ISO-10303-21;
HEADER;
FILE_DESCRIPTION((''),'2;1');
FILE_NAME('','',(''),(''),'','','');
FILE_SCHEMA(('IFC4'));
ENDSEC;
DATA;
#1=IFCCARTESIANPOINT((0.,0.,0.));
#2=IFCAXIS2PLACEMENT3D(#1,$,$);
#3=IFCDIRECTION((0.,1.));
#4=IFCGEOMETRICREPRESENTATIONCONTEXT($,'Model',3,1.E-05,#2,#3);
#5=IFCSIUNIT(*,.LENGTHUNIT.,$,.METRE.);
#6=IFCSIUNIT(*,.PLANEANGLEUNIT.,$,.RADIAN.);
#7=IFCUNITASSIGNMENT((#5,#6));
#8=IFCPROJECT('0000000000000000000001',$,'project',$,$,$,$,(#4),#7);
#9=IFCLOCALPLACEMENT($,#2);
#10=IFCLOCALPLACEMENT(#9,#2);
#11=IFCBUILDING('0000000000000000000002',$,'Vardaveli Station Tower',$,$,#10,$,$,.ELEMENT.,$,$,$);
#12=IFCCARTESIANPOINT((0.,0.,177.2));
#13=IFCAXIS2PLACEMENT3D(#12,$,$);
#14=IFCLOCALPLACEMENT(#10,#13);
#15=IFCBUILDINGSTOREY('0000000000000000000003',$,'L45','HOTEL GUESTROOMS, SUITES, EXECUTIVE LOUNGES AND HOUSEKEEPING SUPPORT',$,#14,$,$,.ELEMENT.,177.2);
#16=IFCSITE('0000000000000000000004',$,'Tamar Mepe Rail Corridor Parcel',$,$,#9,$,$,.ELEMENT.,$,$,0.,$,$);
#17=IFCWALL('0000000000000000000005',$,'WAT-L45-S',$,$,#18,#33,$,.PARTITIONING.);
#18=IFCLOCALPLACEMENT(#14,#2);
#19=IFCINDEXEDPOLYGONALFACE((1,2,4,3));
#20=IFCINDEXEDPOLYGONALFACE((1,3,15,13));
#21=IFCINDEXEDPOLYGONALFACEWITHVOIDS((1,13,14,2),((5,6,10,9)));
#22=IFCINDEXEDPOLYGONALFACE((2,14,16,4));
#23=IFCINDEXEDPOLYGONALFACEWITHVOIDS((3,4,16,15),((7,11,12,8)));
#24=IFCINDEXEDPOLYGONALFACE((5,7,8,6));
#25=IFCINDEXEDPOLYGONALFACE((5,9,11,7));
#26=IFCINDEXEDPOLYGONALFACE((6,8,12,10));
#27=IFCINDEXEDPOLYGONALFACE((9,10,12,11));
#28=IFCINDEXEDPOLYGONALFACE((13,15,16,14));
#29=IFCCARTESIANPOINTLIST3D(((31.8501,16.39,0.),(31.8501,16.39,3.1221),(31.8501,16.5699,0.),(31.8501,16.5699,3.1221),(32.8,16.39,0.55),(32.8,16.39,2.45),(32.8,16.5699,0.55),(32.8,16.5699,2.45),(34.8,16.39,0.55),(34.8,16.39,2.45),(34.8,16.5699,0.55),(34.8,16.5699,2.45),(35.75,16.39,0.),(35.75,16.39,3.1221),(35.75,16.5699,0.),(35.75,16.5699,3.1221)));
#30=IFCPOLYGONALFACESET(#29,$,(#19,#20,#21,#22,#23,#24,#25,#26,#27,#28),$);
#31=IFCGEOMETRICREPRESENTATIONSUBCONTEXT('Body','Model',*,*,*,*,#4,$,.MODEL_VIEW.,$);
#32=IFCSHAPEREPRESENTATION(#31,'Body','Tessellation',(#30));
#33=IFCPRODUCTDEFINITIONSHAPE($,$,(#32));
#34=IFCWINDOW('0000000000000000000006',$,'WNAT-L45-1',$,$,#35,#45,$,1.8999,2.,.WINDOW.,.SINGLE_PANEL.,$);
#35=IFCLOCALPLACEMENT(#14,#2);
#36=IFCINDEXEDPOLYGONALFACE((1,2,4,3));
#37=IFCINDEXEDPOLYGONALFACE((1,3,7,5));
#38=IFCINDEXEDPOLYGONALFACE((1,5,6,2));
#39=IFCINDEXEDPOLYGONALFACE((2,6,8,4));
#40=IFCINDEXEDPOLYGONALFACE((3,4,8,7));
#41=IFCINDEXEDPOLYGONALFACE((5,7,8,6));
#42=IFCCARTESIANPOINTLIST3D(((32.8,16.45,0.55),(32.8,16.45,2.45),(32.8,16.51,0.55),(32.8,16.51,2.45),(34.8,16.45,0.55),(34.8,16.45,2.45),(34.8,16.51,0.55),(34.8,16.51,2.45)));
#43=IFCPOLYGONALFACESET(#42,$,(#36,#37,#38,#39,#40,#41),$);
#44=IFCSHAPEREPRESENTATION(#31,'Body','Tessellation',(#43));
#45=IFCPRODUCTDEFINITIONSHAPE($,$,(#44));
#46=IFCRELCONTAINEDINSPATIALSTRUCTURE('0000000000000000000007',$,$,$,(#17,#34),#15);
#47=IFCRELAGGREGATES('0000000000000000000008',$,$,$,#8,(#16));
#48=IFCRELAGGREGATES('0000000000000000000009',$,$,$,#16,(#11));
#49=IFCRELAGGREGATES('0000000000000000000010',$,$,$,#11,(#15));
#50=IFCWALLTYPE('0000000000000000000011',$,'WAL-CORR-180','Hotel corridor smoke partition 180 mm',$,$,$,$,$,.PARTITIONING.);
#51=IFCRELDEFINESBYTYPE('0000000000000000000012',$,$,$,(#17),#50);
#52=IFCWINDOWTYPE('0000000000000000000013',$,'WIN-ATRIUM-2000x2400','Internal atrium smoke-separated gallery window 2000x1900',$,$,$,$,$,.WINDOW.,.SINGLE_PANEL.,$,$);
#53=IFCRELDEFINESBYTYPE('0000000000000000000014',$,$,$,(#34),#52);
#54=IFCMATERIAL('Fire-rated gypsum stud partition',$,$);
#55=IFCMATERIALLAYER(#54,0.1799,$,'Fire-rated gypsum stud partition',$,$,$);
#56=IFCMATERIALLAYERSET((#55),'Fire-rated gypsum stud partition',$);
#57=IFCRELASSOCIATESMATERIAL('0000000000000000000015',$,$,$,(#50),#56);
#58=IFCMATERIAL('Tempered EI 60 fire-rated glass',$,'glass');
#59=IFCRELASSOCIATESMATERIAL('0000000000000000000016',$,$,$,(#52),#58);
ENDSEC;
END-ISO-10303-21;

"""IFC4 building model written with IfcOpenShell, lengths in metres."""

from ifc_helpers import new_model, si_unit, direction, frame, frame_2d, origin, place, context, subcontext, project, spatial, rectangle, extrude, source, transform, mapped, material, layer, layer_set, type_object, element, fill, save


model = new_model("IFC4")

# Units and contexts
model_context = context("Model", 3, precision=1e-05, world=origin(), true_north=direction((0.0, 1.0)))
body_context = subcontext(model_context, "Body", "Model", "MODEL_VIEW")
ifc_project = project(units=[si_unit("LENGTHUNIT", "METRE"), si_unit("PLANEANGLEUNIT", "RADIAN")], contexts=[model_context])

# Site, building, storey
site_placement = place(None, origin())
site = spatial("IfcSite", under=ifc_project, at=site_placement, Name="Tamar Mepe Rail Corridor Parcel", CompositionType="ELEMENT", RefElevation=0.0)
building_placement = place(site_placement, origin())
building = spatial("IfcBuilding", under=site, at=building_placement, Name="Vardaveli Station Tower", CompositionType="ELEMENT")
storey_placement = place(building_placement, frame((0.0, 0.0, 177.2)))
storey = spatial("IfcBuildingStorey", under=building, at=storey_placement, Name="L45", Description="HOTEL GUESTROOMS, SUITES, EXECUTIVE LOUNGES AND HOUSEKEEPING SUPPORT", CompositionType="ELEMENT", Elevation=177.2)

# Shared definitions
ifc_material_1 = material(Name="Fire-rated gypsum stud partition")
ifc_layer_1 = layer(ifc_material_1, 0.1799, Name="Fire-rated gypsum stud partition")
ifc_layer_set_1 = layer_set([ifc_layer_1], Name="Fire-rated gypsum stud partition")
wall_type_1 = type_object("IfcWallType", Name="WAL-CORR-180", Description="Hotel corridor smoke partition 180 mm", PredefinedType="PARTITIONING", material=ifc_layer_set_1)

# Wall, opening, window
shared_shape_1 = source(origin(), body_context, "Body", "SweptSolid", [
    extrude(rectangle(XDim=3.8999, YDim=0.1799, at=frame_2d((1.95, 0.0))), origin(), (0.0, 0.0, 1.0), 3.1221),
])
wall_1_placement = place(storey_placement, frame((31.8501, 16.48, 0.0), z_axis=(0.0, 0.0, 1.0), x_axis=(1.0, 0.0, 0.0)))
wall_1 = element("IfcWall", 1, at=wall_1_placement, inside=storey, type_object=wall_type_1, Name="WAT-L45-S", PredefinedType="PARTITIONING", context=body_context, shape_type="MappedRepresentation", body=[
    mapped(shared_shape_1, transform((0.0, 0.0, 0.0), scale=1.0)),
])
shared_shape_2 = source(origin(), body_context, "Body", "SweptSolid", [
    extrude(rectangle(XDim=2.0, YDim=1.8999, at=frame_2d((1.0, 0.95))), frame((0.0, 0.1001, 0.0), z_axis=(0.0, -1.0, 0.0), x_axis=(1.0, 0.0, 0.0)), (0.0, 0.0, 1.0), 0.2),
])
opening_1_placement = place(wall_1_placement, frame((0.95, 0.0, 0.55)))
opening_1 = element("IfcOpeningElement", 2, at=opening_1_placement, cuts=wall_1, PredefinedType="OPENING", context=body_context, shape_type="MappedRepresentation", body=[
    mapped(shared_shape_2, transform((0.0, 0.0, 0.0), scale=1.0)),
])
ifc_material_2 = material(Name="Tempered EI 60 fire-rated glass", Category="glass")
window_type = type_object("IfcWindowType", Name="WIN-ATRIUM-2000x2400", Description="Internal atrium smoke-separated gallery window 2000x1900", PartitioningType="SINGLE_PANEL", PredefinedType="WINDOW", material=ifc_material_2)
shared_shape_3 = source(origin(), body_context, "Body", "SweptSolid", [
    extrude(rectangle(XDim=2.0, YDim=1.8999, at=frame_2d((1.0, 0.95))), frame((0.0, 0.03, 0.0), z_axis=(0.0, -1.0, 0.0), x_axis=(1.0, 0.0, 0.0)), (0.0, 0.0, 1.0), 0.0601),
])
window_placement = place(opening_1_placement, origin())
window = element("IfcWindow", 3, at=window_placement, inside=storey, type_object=window_type, Name="WNAT-L45-1", OverallHeight=1.8999, OverallWidth=2.0, PartitioningType="SINGLE_PANEL", PredefinedType="WINDOW", context=body_context, shape_type="MappedRepresentation", body=[
    mapped(shared_shape_3, transform((0.0, 0.0, 0.0), scale=1.0)),
])
fill(opening_1, window)

save(model, "model.ifc")
